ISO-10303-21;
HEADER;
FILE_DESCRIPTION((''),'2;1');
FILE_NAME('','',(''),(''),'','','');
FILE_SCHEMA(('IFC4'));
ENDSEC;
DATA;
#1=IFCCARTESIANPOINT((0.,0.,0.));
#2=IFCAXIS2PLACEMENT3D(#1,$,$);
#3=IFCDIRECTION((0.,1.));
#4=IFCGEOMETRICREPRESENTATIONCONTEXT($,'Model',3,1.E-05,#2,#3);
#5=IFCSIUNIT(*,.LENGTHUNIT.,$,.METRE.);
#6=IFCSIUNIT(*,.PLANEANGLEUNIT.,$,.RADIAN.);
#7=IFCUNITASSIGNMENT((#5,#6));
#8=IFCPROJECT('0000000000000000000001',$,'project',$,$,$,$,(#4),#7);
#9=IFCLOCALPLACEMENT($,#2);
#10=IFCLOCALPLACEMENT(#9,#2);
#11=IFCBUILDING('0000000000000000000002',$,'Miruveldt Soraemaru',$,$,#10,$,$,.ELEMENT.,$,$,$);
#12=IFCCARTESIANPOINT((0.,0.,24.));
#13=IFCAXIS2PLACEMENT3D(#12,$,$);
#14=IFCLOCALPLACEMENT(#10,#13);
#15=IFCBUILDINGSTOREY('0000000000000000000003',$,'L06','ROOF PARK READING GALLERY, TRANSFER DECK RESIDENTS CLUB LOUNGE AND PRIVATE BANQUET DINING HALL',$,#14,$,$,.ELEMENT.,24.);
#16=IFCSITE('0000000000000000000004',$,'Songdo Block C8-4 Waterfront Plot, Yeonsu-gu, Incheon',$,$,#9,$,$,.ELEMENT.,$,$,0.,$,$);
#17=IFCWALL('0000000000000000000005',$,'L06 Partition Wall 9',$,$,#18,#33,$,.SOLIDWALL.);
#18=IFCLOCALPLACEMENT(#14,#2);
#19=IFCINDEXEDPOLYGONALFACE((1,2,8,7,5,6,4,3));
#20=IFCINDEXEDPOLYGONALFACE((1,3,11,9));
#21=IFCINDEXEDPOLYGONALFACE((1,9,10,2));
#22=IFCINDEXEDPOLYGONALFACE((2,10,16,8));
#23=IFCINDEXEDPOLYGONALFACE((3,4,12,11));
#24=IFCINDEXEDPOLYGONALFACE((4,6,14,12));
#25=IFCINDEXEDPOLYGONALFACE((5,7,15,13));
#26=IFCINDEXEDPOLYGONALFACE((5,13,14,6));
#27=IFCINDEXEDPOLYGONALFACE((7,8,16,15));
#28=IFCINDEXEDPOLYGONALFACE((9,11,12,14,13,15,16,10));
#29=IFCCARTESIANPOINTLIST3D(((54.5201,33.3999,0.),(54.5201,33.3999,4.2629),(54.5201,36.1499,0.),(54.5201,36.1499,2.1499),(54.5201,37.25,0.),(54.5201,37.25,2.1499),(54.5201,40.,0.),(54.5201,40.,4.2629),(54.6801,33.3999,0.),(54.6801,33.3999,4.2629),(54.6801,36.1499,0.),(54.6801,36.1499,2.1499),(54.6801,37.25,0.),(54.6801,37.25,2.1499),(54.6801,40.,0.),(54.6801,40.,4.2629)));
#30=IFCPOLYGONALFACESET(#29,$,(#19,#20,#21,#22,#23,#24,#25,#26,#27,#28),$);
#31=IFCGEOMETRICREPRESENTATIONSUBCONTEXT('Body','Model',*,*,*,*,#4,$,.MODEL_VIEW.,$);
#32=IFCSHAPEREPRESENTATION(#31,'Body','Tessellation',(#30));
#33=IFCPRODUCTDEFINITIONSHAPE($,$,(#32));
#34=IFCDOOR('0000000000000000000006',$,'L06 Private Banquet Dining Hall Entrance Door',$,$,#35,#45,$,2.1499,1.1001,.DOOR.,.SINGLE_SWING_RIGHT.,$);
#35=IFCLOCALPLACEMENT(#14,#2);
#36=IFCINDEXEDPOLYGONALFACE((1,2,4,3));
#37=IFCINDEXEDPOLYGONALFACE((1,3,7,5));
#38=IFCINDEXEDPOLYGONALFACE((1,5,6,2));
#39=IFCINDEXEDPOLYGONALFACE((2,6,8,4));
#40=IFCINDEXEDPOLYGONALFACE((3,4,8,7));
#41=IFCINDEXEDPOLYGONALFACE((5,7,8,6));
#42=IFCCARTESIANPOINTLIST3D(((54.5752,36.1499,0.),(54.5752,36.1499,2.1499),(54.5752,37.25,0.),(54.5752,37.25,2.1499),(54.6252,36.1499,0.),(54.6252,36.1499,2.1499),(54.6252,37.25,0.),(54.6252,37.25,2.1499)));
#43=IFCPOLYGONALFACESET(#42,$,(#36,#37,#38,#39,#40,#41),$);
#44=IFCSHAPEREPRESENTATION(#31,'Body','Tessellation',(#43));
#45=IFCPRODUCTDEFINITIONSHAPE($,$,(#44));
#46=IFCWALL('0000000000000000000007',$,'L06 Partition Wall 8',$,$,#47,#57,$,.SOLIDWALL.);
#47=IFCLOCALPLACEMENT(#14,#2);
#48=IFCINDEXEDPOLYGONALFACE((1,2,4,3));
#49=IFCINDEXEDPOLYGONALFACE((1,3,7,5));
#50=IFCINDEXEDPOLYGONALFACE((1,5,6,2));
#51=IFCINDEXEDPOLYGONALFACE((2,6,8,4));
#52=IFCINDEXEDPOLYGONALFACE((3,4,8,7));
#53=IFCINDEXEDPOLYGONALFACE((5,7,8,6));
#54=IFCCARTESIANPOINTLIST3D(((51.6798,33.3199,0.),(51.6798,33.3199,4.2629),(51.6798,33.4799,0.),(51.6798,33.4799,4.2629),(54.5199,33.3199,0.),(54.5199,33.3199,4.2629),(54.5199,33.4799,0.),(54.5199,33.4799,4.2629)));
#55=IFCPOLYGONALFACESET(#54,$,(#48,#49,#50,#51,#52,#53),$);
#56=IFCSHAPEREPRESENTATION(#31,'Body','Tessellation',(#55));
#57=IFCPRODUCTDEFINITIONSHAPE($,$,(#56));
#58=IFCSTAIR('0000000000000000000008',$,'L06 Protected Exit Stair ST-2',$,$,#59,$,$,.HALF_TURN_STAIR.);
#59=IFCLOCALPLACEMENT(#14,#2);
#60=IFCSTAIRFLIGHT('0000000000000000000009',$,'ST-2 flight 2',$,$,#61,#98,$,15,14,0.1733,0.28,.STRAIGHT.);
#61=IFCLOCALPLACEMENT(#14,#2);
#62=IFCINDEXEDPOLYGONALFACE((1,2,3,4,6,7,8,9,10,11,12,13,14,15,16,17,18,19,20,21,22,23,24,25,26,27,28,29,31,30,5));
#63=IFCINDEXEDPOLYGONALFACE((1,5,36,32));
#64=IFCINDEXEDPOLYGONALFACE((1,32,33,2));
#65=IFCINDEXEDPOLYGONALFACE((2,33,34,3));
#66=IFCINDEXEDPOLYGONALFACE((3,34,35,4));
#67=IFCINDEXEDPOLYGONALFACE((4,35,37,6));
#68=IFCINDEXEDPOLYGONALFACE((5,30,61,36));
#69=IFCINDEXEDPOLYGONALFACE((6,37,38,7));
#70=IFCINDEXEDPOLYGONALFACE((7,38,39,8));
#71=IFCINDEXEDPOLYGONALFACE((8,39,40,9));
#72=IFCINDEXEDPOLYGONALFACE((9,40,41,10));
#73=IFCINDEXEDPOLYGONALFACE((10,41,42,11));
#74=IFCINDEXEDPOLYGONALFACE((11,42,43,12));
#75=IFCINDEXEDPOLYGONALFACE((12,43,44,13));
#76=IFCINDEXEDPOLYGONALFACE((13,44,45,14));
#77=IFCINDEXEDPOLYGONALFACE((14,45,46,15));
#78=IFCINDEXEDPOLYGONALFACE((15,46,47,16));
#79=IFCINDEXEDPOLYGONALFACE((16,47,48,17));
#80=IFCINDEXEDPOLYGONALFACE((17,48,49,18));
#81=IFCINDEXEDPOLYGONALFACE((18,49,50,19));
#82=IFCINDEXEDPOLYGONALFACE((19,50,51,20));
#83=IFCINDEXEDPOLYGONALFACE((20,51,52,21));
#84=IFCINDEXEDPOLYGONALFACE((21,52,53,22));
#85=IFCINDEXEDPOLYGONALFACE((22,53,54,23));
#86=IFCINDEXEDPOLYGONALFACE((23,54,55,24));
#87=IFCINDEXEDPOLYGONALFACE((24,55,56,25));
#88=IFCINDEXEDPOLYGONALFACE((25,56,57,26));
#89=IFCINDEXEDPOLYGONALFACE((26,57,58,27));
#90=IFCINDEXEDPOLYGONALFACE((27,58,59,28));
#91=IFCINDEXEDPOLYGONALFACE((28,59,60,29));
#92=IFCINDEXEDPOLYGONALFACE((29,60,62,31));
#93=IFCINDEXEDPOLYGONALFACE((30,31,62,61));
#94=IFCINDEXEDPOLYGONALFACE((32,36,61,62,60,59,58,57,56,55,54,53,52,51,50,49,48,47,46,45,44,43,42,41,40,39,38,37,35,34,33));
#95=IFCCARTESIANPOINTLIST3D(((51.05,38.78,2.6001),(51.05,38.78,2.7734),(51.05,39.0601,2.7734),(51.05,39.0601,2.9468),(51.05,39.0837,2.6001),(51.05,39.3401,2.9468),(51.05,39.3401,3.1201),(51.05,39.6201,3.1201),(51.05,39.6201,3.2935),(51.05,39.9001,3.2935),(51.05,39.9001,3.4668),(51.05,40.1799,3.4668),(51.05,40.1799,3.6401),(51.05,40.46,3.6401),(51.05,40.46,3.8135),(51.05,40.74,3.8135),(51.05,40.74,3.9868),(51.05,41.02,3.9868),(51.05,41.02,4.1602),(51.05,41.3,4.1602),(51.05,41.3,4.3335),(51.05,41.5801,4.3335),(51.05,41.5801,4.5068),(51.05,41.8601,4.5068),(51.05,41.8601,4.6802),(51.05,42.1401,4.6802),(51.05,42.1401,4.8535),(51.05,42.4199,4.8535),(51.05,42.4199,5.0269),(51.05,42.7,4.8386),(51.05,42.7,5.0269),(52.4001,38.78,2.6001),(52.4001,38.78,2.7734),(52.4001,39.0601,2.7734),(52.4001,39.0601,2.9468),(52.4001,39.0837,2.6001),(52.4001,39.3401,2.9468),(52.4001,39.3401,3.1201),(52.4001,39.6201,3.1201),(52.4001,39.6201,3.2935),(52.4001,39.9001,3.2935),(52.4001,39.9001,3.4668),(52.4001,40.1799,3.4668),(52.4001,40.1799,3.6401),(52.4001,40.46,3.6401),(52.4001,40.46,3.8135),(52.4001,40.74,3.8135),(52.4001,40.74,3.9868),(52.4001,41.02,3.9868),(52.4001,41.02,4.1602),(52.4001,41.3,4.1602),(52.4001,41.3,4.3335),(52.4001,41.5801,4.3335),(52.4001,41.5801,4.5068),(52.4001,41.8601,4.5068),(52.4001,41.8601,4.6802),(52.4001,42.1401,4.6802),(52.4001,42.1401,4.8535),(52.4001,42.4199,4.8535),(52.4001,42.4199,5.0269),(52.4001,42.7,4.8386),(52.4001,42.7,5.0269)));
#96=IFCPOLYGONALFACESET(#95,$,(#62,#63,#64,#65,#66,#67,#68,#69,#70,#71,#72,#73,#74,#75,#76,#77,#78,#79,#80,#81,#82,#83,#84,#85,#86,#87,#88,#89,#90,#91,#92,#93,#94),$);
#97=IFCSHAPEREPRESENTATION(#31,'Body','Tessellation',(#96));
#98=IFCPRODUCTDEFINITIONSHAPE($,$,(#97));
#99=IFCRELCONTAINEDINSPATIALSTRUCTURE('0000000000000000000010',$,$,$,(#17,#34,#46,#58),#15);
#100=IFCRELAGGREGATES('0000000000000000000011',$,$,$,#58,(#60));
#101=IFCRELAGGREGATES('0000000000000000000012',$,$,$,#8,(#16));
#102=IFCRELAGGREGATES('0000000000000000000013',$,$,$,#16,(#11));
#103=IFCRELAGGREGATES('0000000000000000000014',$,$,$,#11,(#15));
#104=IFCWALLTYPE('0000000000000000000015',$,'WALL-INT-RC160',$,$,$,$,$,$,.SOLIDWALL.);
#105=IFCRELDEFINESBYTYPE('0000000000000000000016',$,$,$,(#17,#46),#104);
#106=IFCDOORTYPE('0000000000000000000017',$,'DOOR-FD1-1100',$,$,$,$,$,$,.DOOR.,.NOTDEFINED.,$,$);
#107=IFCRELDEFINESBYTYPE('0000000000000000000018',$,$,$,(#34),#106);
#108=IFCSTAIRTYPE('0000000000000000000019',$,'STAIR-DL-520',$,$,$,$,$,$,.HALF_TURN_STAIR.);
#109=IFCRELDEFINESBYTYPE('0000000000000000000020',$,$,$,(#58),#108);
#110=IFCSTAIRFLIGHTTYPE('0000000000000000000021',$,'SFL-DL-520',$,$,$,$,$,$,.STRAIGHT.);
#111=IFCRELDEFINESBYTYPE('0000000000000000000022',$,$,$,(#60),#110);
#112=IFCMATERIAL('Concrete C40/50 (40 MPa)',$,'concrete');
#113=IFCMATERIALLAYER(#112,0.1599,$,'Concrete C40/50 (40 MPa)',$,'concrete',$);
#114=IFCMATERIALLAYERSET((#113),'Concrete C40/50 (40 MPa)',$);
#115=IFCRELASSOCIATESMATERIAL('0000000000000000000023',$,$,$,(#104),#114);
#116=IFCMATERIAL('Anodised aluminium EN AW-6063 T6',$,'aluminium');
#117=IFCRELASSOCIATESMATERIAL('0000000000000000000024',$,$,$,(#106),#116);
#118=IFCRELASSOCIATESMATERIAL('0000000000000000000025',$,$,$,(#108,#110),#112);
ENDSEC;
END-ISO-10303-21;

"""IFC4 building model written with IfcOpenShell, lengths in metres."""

from ifc_helpers import new_model, si_unit, direction, frame, frame_2d, origin, place, context, subcontext, project, spatial, polyline, rectangle, outline, extrude, material, layer, layer_set, type_object, element, fill, aggregate, save


model = new_model("IFC4")

# Units and contexts
model_context = context("Model", 3, precision=1e-05, world=origin(), true_north=direction((0.0, 1.0)))
body_context = subcontext(model_context, "Body", "Model", "MODEL_VIEW")
ifc_project = project(units=[si_unit("LENGTHUNIT", "METRE"), si_unit("PLANEANGLEUNIT", "RADIAN")], contexts=[model_context])

# Site, building, storey
site_placement = place(None, origin())
site = spatial("IfcSite", under=ifc_project, at=site_placement, Name="Songdo Block C8-4 Waterfront Plot, Yeonsu-gu, Incheon", CompositionType="ELEMENT", RefElevation=0.0)
building_placement = place(site_placement, origin())
building = spatial("IfcBuilding", under=site, at=building_placement, Name="Miruveldt Soraemaru", CompositionType="ELEMENT")
storey_placement = place(building_placement, frame((0.0, 0.0, 24.0)))
storey = spatial("IfcBuildingStorey", under=building, at=storey_placement, Name="L06", Description="ROOF PARK READING GALLERY, TRANSFER DECK RESIDENTS CLUB LOUNGE AND PRIVATE BANQUET DINING HALL", CompositionType="ELEMENT", Elevation=24.0)

# Wall, opening, door
ifc_material_1 = material(Name="Concrete C40/50 (40 MPa)", Category="concrete")
ifc_layer_1 = layer(ifc_material_1, 0.1599, Name="Concrete C40/50 (40 MPa)", Category="concrete")
ifc_layer_set_1 = layer_set([ifc_layer_1], Name="Concrete C40/50 (40 MPa)")
wall_type_1 = type_object("IfcWallType", Name="WALL-INT-RC160", PredefinedType="SOLIDWALL", material=ifc_layer_set_1)
wall_1_placement = place(storey_placement, frame((54.6001, 33.3999, 0.0), z_axis=(0.0, 0.0, 1.0), x_axis=(0.0, 1.0, 0.0)))
wall_1 = element("IfcWall", 1, at=wall_1_placement, inside=storey, type_object=wall_type_1, Name="L06 Partition Wall 9", PredefinedType="SOLIDWALL", context=body_context, shape_type="SweptSolid", body=[
    extrude(rectangle(XDim=6.6001, YDim=0.1599, at=frame_2d((3.3, 0.0))), origin(), (0.0, 0.0, 1.0), 4.2629),
])
opening_1_placement = place(wall_1_placement, frame((2.75, 0.0, 0.0)))
opening_1 = element("IfcOpeningElement", 2, at=opening_1_placement, cuts=wall_1, PredefinedType="OPENING", context=body_context, shape_type="SweptSolid", body=[
    extrude(rectangle(XDim=1.1001, YDim=2.1499, at=frame_2d((0.55, 1.075))), frame((0.0, 0.0898, 0.0), z_axis=(0.0, -1.0, 0.0), x_axis=(1.0, 0.0, 0.0)), (0.0, 0.0, 1.0), 0.1799),
])
ifc_material_2 = material(Name="Anodised aluminium EN AW-6063 T6", Category="aluminium")
door_type = type_object("IfcDoorType", Name="DOOR-FD1-1100", OperationType="NOTDEFINED", PredefinedType="DOOR", material=ifc_material_2)
door_placement = place(opening_1_placement, origin())
door = element("IfcDoor", 3, at=door_placement, inside=storey, type_object=door_type, Name="L06 Private Banquet Dining Hall Entrance Door", OperationType="SINGLE_SWING_RIGHT", OverallHeight=2.1499, OverallWidth=1.1001, PredefinedType="DOOR", context=body_context, shape_type="SweptSolid", body=[
    extrude(rectangle(XDim=1.1001, YDim=2.1499, at=frame_2d((0.55, 1.075))), frame((0.0, 0.0249, 0.0), z_axis=(0.0, -1.0, 0.0), x_axis=(1.0, 0.0, 0.0)), (0.0, 0.0, 1.0), 0.05),
])
fill(opening_1, door)

# Wall
wall_2_placement = place(storey_placement, frame((51.6799, 33.3999, 0.0), z_axis=(0.0, 0.0, 1.0), x_axis=(1.0, 0.0, 0.0)))
element("IfcWall", 4, at=wall_2_placement, inside=storey, type_object=wall_type_1, Name="L06 Partition Wall 8", PredefinedType="SOLIDWALL", context=body_context, shape_type="SweptSolid", body=[
    extrude(rectangle(XDim=2.8401, YDim=0.1599, at=frame_2d((1.4199, 0.0))), origin(), (0.0, 0.0, 1.0), 4.2629),
])

# Stair, stair flight
stair_type = type_object("IfcStairType", Name="STAIR-DL-520", PredefinedType="HALF_TURN_STAIR", material=ifc_material_1)
stair_placement = place(storey_placement, origin())
stair = element("IfcStair", 5, at=stair_placement, inside=storey, type_object=stair_type, Name="L06 Protected Exit Stair ST-2", PredefinedType="HALF_TURN_STAIR")
stair_flight_type = type_object("IfcStairFlightType", Name="SFL-DL-520", PredefinedType="STRAIGHT", material=ifc_material_1)
stair_flight_placement = place(storey_placement, frame((51.7251, 38.78, 2.6001), z_axis=(0.0, 0.0, 1.0), x_axis=(0.0, 1.0, 0.0)))
stair_flight = element("IfcStairFlight", 6, at=stair_flight_placement, type_object=stair_flight_type, Name="ST-2 flight 2", NumberOfRisers=15, NumberOfTreads=14, PredefinedType="STRAIGHT", RiserHeight=0.1733, TreadLength=0.28, context=body_context, shape_type="SweptSolid", body=[
    extrude(outline(polyline([(0.0, 0.0), (0.0, 0.1733), (0.28, 0.1733), (0.28, 0.3467), (0.5601, 0.3467), (0.5601, 0.52), (0.8401, 0.52), (0.8401, 0.6934), (1.1201, 0.6934), (1.1201, 0.8667), (1.3999, 0.8667), (1.3999, 1.04), (1.6799, 1.04), (1.6799, 1.2134), (1.96, 1.2134), (1.96, 1.3867), (2.24, 1.3867), (2.24, 1.5601), (2.52, 1.5601), (2.52, 1.7334), (2.8, 1.7334), (2.8, 1.9067), (3.0801, 1.9067), (3.0801, 2.0801), (3.3601, 2.0801), (3.3601, 2.2534), (3.6399, 2.2534), (3.6399, 2.4268), (3.9199, 2.4268), (3.9199, 2.6001), (3.9199, 2.2385), (0.3037, 0.0), (0.0, 0.0)])), frame((0.0, 0.675, 0.0), z_axis=(0.0, -1.0, 0.0), x_axis=(1.0, 0.0, 0.0)), (0.0, 0.0, 1.0), 1.3501),
])
aggregate(stair, [stair_flight])

save(model, "model.ifc")
